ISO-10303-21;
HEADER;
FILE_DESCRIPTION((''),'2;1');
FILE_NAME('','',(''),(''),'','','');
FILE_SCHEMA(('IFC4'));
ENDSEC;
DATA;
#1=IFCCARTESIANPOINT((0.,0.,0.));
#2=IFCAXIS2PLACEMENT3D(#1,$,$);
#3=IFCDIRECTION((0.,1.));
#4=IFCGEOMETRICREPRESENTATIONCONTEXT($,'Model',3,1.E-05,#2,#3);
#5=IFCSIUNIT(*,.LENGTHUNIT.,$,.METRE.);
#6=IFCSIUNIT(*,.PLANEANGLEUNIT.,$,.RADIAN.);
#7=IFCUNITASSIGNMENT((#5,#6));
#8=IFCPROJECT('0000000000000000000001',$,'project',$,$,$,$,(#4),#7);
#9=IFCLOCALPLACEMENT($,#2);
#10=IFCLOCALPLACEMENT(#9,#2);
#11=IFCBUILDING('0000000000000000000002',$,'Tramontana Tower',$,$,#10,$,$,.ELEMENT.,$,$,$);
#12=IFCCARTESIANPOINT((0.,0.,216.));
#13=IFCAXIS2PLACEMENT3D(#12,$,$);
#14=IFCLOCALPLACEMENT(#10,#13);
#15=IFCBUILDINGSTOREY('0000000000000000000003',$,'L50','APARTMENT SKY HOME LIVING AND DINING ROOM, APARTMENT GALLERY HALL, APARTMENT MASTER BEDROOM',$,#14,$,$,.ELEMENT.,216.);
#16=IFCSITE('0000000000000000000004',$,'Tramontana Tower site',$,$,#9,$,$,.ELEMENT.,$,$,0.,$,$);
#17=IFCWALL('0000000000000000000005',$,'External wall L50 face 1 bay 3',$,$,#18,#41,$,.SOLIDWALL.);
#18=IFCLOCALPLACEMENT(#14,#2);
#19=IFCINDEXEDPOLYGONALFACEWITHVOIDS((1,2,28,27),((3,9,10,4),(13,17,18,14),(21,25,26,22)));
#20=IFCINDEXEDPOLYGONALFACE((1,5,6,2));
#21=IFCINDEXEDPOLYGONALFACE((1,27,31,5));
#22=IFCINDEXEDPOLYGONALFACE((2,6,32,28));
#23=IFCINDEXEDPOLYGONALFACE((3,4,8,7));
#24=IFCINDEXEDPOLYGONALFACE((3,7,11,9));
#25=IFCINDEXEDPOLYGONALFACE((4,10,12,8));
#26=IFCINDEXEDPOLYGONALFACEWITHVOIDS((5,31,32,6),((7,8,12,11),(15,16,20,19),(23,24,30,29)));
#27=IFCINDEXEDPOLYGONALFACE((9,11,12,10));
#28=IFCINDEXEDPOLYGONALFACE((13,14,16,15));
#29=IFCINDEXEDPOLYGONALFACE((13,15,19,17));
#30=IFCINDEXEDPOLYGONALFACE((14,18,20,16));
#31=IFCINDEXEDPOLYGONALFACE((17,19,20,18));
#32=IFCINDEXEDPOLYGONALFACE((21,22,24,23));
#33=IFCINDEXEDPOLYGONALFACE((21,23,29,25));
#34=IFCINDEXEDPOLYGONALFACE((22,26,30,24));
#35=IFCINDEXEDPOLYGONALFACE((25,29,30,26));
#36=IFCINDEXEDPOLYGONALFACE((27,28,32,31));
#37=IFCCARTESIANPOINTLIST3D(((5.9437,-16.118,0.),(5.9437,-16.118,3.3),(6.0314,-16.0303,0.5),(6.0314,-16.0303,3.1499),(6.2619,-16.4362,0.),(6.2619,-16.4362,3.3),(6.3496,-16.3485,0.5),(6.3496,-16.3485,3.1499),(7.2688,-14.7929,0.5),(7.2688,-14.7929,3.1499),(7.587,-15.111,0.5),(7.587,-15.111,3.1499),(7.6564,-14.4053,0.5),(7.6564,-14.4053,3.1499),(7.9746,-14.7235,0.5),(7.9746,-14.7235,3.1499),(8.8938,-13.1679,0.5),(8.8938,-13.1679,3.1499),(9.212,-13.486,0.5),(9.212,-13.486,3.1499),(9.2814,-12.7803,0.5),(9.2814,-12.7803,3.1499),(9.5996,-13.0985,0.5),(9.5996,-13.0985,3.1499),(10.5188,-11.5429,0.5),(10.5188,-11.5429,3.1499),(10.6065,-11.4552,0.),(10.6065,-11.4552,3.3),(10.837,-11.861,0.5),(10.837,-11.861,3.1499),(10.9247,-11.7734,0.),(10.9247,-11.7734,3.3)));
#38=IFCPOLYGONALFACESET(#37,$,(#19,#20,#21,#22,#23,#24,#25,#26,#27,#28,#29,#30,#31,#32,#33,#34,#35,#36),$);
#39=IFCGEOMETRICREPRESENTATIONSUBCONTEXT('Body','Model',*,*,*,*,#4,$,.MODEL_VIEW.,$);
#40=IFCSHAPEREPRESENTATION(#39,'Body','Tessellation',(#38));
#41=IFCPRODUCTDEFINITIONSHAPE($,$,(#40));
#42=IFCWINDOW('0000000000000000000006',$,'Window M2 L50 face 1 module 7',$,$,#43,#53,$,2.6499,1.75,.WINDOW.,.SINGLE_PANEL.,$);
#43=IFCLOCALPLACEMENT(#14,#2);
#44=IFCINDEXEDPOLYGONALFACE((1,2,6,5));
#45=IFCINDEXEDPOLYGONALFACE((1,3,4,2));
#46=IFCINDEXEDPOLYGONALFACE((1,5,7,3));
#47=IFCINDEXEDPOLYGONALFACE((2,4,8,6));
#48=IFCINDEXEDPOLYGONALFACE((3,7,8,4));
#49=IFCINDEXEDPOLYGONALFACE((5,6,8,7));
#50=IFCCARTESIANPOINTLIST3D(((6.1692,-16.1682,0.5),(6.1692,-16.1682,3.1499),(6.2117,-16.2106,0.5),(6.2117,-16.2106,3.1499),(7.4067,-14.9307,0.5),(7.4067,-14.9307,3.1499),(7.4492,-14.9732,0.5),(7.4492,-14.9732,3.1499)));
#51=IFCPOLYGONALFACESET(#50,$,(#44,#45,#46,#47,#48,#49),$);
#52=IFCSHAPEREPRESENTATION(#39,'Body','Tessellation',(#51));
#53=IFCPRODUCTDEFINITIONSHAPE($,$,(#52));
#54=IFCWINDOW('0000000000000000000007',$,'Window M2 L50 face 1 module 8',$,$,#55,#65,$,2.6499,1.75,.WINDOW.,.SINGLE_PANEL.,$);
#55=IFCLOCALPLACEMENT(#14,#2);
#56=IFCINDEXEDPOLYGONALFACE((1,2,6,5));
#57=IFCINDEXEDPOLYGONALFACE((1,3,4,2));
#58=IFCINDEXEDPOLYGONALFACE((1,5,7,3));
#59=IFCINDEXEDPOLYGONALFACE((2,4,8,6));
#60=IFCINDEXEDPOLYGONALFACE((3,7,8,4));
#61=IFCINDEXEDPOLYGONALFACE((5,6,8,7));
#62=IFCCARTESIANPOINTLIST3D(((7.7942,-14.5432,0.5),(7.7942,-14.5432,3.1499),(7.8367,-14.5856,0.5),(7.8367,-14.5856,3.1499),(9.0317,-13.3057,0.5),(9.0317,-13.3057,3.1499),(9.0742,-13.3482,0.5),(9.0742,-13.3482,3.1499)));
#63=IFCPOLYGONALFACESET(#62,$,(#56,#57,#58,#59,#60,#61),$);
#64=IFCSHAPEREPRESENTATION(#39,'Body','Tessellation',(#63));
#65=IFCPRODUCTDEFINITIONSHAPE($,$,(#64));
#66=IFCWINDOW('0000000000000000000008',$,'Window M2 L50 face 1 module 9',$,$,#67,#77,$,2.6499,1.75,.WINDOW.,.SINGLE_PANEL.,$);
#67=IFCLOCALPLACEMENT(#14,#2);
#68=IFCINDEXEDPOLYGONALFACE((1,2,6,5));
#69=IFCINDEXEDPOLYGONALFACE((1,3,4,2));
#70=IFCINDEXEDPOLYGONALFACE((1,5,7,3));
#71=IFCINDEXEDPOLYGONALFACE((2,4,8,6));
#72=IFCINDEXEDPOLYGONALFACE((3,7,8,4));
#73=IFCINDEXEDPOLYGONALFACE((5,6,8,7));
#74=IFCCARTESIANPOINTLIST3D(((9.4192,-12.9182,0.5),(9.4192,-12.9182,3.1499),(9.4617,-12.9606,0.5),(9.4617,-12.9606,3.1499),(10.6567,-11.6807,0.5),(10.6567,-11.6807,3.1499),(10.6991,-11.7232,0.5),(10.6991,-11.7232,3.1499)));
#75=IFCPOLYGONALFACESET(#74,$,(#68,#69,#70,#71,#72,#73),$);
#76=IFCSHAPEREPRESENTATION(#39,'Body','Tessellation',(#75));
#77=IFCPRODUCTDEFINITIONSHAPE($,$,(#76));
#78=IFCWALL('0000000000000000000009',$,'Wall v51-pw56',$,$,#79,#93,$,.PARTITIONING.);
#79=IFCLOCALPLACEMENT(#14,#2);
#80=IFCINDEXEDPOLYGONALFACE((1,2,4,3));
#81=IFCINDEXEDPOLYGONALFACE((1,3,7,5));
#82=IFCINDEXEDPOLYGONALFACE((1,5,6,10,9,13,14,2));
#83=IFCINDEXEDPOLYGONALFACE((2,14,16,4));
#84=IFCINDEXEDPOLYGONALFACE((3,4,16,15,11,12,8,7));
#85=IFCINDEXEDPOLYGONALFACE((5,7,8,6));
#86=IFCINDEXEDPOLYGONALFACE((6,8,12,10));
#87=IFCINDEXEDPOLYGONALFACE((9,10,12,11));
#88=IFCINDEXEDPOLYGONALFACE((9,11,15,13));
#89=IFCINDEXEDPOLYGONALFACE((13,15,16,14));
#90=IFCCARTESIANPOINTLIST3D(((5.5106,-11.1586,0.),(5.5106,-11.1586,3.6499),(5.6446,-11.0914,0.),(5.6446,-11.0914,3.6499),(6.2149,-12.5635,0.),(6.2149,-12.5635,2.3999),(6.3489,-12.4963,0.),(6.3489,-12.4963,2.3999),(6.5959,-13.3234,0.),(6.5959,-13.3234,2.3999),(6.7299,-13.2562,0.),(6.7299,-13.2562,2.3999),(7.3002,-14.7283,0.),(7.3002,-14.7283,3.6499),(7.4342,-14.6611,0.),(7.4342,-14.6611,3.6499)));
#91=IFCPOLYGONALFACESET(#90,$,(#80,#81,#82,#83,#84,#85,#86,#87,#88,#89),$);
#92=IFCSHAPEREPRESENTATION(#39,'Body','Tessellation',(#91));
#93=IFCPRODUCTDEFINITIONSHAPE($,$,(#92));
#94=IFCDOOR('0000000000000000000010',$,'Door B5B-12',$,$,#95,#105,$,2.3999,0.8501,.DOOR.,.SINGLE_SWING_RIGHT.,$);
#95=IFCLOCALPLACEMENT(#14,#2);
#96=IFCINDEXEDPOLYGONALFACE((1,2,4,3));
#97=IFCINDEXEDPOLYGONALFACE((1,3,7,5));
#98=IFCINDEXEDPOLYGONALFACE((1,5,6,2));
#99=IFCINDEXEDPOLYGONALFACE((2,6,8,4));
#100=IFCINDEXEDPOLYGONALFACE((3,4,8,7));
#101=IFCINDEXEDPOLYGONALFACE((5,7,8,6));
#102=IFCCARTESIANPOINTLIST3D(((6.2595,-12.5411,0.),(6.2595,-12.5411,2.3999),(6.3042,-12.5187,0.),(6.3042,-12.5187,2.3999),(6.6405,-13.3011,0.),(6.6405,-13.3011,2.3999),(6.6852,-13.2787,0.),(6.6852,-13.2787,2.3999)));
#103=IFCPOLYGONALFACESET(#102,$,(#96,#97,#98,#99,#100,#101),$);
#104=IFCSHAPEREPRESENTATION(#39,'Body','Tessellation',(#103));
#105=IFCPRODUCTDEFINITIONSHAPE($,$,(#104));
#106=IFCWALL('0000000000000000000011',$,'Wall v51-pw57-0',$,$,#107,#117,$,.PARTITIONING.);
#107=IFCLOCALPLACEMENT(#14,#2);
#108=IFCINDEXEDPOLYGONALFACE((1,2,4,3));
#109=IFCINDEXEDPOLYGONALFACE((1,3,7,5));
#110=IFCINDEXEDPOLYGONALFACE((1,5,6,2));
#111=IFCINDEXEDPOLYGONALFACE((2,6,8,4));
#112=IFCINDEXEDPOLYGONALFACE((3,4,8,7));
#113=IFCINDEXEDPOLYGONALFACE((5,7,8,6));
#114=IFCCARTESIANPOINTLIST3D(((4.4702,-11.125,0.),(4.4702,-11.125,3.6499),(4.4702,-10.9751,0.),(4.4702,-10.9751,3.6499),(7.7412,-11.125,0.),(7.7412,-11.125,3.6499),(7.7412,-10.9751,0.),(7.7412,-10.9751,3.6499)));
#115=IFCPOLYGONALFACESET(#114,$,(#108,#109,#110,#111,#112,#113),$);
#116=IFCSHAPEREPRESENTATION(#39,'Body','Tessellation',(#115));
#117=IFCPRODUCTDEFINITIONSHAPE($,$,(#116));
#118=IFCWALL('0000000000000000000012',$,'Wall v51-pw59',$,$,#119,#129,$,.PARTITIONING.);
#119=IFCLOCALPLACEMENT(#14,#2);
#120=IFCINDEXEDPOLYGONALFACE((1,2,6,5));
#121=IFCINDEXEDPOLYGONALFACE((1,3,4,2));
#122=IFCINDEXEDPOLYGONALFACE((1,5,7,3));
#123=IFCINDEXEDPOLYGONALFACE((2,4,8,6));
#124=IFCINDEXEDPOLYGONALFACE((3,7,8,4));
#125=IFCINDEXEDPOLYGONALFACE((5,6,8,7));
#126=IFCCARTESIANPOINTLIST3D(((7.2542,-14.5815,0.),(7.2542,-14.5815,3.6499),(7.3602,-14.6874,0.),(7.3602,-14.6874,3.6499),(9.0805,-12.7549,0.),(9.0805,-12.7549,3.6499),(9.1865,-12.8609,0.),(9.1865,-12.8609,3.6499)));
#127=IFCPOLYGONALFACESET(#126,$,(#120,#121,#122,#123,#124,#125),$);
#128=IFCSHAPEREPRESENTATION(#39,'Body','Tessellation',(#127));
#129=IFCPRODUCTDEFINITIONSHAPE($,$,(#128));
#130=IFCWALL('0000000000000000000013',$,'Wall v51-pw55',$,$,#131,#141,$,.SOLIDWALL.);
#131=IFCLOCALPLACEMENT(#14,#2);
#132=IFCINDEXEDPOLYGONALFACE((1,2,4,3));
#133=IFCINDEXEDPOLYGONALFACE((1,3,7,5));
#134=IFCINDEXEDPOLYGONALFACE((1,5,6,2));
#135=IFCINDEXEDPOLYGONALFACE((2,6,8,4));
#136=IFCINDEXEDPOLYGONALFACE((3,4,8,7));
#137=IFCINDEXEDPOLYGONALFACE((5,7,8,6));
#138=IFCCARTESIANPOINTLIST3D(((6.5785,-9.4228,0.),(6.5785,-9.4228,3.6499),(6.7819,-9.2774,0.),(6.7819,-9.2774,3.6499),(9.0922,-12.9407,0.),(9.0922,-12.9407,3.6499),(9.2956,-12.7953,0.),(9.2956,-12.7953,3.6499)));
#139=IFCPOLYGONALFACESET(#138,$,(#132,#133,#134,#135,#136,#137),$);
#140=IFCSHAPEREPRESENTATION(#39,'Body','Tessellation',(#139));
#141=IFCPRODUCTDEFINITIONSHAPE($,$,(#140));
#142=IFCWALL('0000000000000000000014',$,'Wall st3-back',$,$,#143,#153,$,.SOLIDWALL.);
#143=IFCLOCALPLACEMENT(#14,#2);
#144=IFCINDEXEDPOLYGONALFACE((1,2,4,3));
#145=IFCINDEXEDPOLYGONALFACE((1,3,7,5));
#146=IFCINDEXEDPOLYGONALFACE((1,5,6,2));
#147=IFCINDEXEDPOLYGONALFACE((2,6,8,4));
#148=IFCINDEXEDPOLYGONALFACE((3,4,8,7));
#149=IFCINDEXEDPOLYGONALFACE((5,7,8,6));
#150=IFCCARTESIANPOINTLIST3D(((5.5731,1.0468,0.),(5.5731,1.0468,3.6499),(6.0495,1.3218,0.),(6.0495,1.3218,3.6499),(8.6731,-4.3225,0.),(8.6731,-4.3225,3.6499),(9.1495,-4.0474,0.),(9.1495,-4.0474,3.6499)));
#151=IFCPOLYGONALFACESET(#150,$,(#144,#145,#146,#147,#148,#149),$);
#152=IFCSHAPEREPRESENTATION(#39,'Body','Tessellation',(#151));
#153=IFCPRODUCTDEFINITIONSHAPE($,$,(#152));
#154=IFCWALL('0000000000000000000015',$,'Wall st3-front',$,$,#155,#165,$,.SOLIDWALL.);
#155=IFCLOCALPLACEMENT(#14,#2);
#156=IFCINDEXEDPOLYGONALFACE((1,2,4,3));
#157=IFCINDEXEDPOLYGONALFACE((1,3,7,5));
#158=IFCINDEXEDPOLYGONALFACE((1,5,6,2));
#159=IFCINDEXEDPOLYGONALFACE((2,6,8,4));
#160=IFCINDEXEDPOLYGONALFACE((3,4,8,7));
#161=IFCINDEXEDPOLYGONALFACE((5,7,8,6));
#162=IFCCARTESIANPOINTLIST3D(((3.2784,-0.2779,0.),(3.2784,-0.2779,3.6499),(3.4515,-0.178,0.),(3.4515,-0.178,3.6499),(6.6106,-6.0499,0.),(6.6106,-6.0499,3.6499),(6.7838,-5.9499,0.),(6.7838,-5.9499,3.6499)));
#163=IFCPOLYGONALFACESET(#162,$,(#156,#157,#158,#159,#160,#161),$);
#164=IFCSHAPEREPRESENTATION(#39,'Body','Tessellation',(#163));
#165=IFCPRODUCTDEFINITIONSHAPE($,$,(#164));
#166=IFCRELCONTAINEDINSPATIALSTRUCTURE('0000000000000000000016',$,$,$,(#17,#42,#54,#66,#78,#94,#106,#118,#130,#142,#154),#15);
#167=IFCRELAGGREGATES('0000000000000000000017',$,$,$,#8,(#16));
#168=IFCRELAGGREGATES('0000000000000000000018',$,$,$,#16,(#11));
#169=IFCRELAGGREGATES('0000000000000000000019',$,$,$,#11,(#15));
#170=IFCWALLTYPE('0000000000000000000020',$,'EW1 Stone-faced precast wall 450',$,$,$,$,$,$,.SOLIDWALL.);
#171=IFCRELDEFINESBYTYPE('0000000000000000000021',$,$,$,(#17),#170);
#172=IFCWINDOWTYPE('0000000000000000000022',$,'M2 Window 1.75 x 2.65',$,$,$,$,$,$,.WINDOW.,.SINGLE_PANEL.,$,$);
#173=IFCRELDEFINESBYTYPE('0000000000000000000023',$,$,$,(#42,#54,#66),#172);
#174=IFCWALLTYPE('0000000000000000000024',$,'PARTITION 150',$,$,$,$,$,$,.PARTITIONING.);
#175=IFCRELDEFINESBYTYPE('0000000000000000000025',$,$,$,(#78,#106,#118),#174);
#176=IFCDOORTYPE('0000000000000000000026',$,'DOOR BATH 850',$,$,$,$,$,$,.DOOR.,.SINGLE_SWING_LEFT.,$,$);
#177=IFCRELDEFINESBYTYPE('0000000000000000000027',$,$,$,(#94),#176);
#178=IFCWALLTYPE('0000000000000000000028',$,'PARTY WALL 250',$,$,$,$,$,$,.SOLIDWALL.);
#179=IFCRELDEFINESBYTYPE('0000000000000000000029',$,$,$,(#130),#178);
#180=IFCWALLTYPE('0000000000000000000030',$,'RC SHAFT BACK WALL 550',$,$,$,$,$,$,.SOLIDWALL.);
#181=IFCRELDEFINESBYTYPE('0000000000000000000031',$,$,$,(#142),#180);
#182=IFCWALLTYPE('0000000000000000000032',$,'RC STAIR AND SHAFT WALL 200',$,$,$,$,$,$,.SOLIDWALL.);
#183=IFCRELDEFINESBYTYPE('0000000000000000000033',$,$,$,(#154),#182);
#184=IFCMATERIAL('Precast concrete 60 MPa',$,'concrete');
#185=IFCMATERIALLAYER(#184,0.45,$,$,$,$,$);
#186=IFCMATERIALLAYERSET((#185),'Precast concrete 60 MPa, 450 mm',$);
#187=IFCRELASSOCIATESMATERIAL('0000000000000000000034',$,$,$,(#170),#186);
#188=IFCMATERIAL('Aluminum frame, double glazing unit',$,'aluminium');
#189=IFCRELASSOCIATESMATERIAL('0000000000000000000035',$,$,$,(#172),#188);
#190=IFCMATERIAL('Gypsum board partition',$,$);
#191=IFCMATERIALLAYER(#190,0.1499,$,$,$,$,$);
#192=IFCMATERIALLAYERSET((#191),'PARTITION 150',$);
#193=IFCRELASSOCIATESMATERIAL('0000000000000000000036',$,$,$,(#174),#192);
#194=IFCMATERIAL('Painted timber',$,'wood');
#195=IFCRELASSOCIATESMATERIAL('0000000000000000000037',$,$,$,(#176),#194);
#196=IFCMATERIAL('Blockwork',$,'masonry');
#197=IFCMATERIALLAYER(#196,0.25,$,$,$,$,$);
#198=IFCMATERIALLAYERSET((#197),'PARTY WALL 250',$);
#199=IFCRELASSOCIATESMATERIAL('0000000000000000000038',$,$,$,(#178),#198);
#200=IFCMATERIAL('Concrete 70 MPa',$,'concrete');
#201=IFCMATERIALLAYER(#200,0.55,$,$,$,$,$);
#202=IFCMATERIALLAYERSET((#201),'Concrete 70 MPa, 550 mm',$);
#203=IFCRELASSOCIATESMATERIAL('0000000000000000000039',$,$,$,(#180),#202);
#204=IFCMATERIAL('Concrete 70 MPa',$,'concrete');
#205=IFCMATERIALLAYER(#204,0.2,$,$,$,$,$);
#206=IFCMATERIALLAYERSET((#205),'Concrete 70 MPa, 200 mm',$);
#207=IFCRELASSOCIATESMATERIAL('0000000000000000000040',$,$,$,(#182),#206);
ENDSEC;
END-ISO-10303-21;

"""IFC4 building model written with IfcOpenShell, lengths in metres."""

from ifc_helpers import new_model, si_unit, direction, frame, frame_2d, origin, place, context, subcontext, project, spatial, rectangle, extrude, material, layer, layer_set, type_object, element, fill, save


model = new_model("IFC4")

# Units and contexts
model_context = context("Model", 3, precision=1e-05, world=origin(), true_north=direction((0.0, 1.0)))
body_context = subcontext(model_context, "Body", "Model", "MODEL_VIEW")
ifc_project = project(units=[si_unit("LENGTHUNIT", "METRE"), si_unit("PLANEANGLEUNIT", "RADIAN")], contexts=[model_context])

# Site, building, storey
site_placement = place(None, origin())
site = spatial("IfcSite", under=ifc_project, at=site_placement, Name="Tramontana Tower site", CompositionType="ELEMENT", RefElevation=0.0)
building_placement = place(site_placement, origin())
building = spatial("IfcBuilding", under=site, at=building_placement, Name="Tramontana Tower", CompositionType="ELEMENT")
storey_placement = place(building_placement, frame((0.0, 0.0, 216.0)))
storey = spatial("IfcBuildingStorey", under=building, at=storey_placement, Name="L50", Description="APARTMENT SKY HOME LIVING AND DINING ROOM, APARTMENT GALLERY HALL, APARTMENT MASTER BEDROOM", CompositionType="ELEMENT", Elevation=216.0)

# Wall, openings, windows
ifc_material_1 = material(Name="Precast concrete 60 MPa", Category="concrete")
ifc_layer_1 = layer(ifc_material_1, 0.45)
ifc_layer_set_1 = layer_set([ifc_layer_1], Name="Precast concrete 60 MPa, 450 mm")
wall_type_1 = type_object("IfcWallType", Name="EW1 Stone-faced precast wall 450", PredefinedType="SOLIDWALL", material=ifc_layer_set_1)
wall_1_placement = place(storey_placement, frame((6.1028, -16.2771, 0.0), z_axis=(0.0, 0.0, 1.0), x_axis=(0.707107, 0.707107, 0.0)))
wall_1 = element("IfcWall", 1, at=wall_1_placement, inside=storey, type_object=wall_type_1, Name="External wall L50 face 1 bay 3", PredefinedType="SOLIDWALL", context=body_context, shape_type="SweptSolid", body=[
    extrude(rectangle(XDim=6.5942, YDim=0.45, at=frame_2d((3.2971, 0.0))), origin(), (0.0, 0.0, 1.0), 3.3),
])
opening_1_placement = place(wall_1_placement, frame((0.124, 0.0, 0.5)))
opening_1 = element("IfcOpeningElement", 2, at=opening_1_placement, cuts=wall_1, PredefinedType="OPENING", context=body_context, shape_type="SweptSolid", body=[
    extrude(rectangle(XDim=1.75, YDim=2.6499, at=frame_2d((0.875, 1.325))), frame((0.0, 0.2349, 0.0), z_axis=(0.0, -1.0, 0.0), x_axis=(1.0, 0.0, 0.0)), (0.0, 0.0, 1.0), 0.47),
])
opening_2_placement = place(wall_1_placement, frame((2.4221, 0.0, 0.5)))
opening_2 = element("IfcOpeningElement", 3, at=opening_2_placement, cuts=wall_1, PredefinedType="OPENING", context=body_context, shape_type="SweptSolid", body=[
    extrude(rectangle(XDim=1.75, YDim=2.6499, at=frame_2d((0.875, 1.325))), frame((0.0, 0.2349, 0.0), z_axis=(0.0, -1.0, 0.0), x_axis=(1.0, 0.0, 0.0)), (0.0, 0.0, 1.0), 0.47),
])
opening_3_placement = place(wall_1_placement, frame((4.7202, 0.0, 0.5)))
opening_3 = element("IfcOpeningElement", 4, at=opening_3_placement, cuts=wall_1, PredefinedType="OPENING", context=body_context, shape_type="SweptSolid", body=[
    extrude(rectangle(XDim=1.75, YDim=2.6499, at=frame_2d((0.875, 1.325))), frame((0.0, 0.2349, 0.0), z_axis=(0.0, -1.0, 0.0), x_axis=(1.0, 0.0, 0.0)), (0.0, 0.0, 1.0), 0.47),
])
ifc_material_2 = material(Name="Aluminum frame, double glazing unit", Category="aluminium")
window_type = type_object("IfcWindowType", Name="M2 Window 1.75 x 2.65", PartitioningType="SINGLE_PANEL", PredefinedType="WINDOW", material=ifc_material_2)
window_1_placement = place(opening_1_placement, origin())
window_1 = element("IfcWindow", 5, at=window_1_placement, inside=storey, type_object=window_type, Name="Window M2 L50 face 1 module 7", OverallHeight=2.6499, OverallWidth=1.75, PartitioningType="SINGLE_PANEL", PredefinedType="WINDOW", context=body_context, shape_type="SweptSolid", body=[
    extrude(rectangle(XDim=1.75, YDim=2.6499, at=frame_2d((0.875, 1.325))), frame((0.0, 0.03, 0.0), z_axis=(0.0, -1.0, 0.0), x_axis=(1.0, 0.0, 0.0)), (0.0, 0.0, 1.0), 0.0601),
])
fill(opening_1, window_1)
window_2_placement = place(opening_2_placement, origin())
window_2 = element("IfcWindow", 6, at=window_2_placement, inside=storey, type_object=window_type, Name="Window M2 L50 face 1 module 8", OverallHeight=2.6499, OverallWidth=1.75, PartitioningType="SINGLE_PANEL", PredefinedType="WINDOW", context=body_context, shape_type="SweptSolid", body=[
    extrude(rectangle(XDim=1.75, YDim=2.6499, at=frame_2d((0.875, 1.325))), frame((0.0, 0.03, 0.0), z_axis=(0.0, -1.0, 0.0), x_axis=(1.0, 0.0, 0.0)), (0.0, 0.0, 1.0), 0.0601),
])
fill(opening_2, window_2)
window_3_placement = place(opening_3_placement, origin())
window_3 = element("IfcWindow", 7, at=window_3_placement, inside=storey, type_object=window_type, Name="Window M2 L50 face 1 module 9", OverallHeight=2.6499, OverallWidth=1.75, PartitioningType="SINGLE_PANEL", PredefinedType="WINDOW", context=body_context, shape_type="SweptSolid", body=[
    extrude(rectangle(XDim=1.75, YDim=2.6499, at=frame_2d((0.875, 1.325))), frame((0.0, 0.03, 0.0), z_axis=(0.0, -1.0, 0.0), x_axis=(1.0, 0.0, 0.0)), (0.0, 0.0, 1.0), 0.0601),
])
fill(opening_3, window_3)

# Wall, opening, door
ifc_material_3 = material(Name="Gypsum board partition")
ifc_layer_2 = layer(ifc_material_3, 0.1499)
ifc_layer_set_2 = layer_set([ifc_layer_2], Name="PARTITION 150")
wall_type_2 = type_object("IfcWallType", Name="PARTITION 150", PredefinedType="PARTITIONING", material=ifc_layer_set_2)
wall_2_placement = place(storey_placement, frame((5.5776, -11.125, 0.0), z_axis=(0.0, 0.0, 1.0), x_axis=(0.448167, -0.89395, 0.0)))
wall_2 = element("IfcWall", 8, at=wall_2_placement, inside=storey, type_object=wall_type_2, Name="Wall v51-pw56", PredefinedType="PARTITIONING", context=body_context, shape_type="SweptSolid", body=[
    extrude(rectangle(XDim=3.9932, YDim=0.1499, at=frame_2d((1.9966, 0.0))), origin(), (0.0, 0.0, 1.0), 3.6499),
])
opening_4_placement = place(wall_2_placement, frame((1.5715, 0.0, 0.0)))
opening_4 = element("IfcOpeningElement", 9, at=opening_4_placement, cuts=wall_2, PredefinedType="OPENING", context=body_context, shape_type="SweptSolid", body=[
    extrude(rectangle(XDim=0.8501, YDim=2.3999, at=frame_2d((0.425, 1.2))), frame((0.0, 0.085, 0.0), z_axis=(0.0, -1.0, 0.0), x_axis=(1.0, 0.0, 0.0)), (0.0, 0.0, 1.0), 0.1699),
])
ifc_material_4 = material(Name="Painted timber", Category="wood")
door_type_1 = type_object("IfcDoorType", Name="DOOR BATH 850", OperationType="SINGLE_SWING_LEFT", PredefinedType="DOOR", material=ifc_material_4)
door_1_placement = place(opening_4_placement, origin())
door_1 = element("IfcDoor", 10, at=door_1_placement, inside=storey, type_object=door_type_1, Name="Door B5B-12", OperationType="SINGLE_SWING_RIGHT", OverallHeight=2.3999, OverallWidth=0.8501, PredefinedType="DOOR", context=body_context, shape_type="SweptSolid", body=[
    extrude(rectangle(XDim=0.8501, YDim=2.3999, at=frame_2d((0.425, 1.2))), frame((0.0, 0.0249, 0.0), z_axis=(0.0, -1.0, 0.0), x_axis=(1.0, 0.0, 0.0)), (0.0, 0.0, 1.0), 0.05),
])
fill(opening_4, door_1)

# Walls
wall_3_placement = place(storey_placement, frame((7.7412, -11.05, 0.0), z_axis=(0.0, 0.0, 1.0), x_axis=(-1.0, 0.0, 0.0)))
element("IfcWall", 11, at=wall_3_placement, inside=storey, type_object=wall_type_2, Name="Wall v51-pw57-0", PredefinedType="PARTITIONING", context=body_context, shape_type="SweptSolid", body=[
    extrude(rectangle(XDim=3.271, YDim=0.1499, at=frame_2d((1.6355, 0.0))), origin(), (0.0, 0.0, 1.0), 3.6499),
])
wall_4_placement = place(storey_placement, frame((9.1335, -12.8079, 0.0), z_axis=(0.0, 0.0, 1.0), x_axis=(-0.70706, -0.707154, 0.0)))
element("IfcWall", 12, at=wall_4_placement, inside=storey, type_object=wall_type_2, Name="Wall v51-pw59", PredefinedType="PARTITIONING", context=body_context, shape_type="SweptSolid", body=[
    extrude(rectangle(XDim=2.583, YDim=0.1499, at=frame_2d((1.2915, 0.0))), origin(), (0.0, 0.0, 1.0), 3.6499),
])
ifc_material_5 = material(Name="Blockwork", Category="masonry")
ifc_layer_3 = layer(ifc_material_5, 0.25)
ifc_layer_set_3 = layer_set([ifc_layer_3], Name="PARTY WALL 250")
wall_type_3 = type_object("IfcWallType", Name="PARTY WALL 250", PredefinedType="SOLIDWALL", material=ifc_layer_set_3)
wall_5_placement = place(storey_placement, frame((6.6802, -9.3501, 0.0), z_axis=(0.0, 0.0, 1.0), x_axis=(0.581382, -0.81363, 0.0)))
element("IfcWall", 13, at=wall_5_placement, inside=storey, type_object=wall_type_3, Name="Wall v51-pw55", PredefinedType="SOLIDWALL", context=body_context, shape_type="SweptSolid", body=[
    extrude(rectangle(XDim=4.3237, YDim=0.25, at=frame_2d((2.1619, 0.0))), origin(), (0.0, 0.0, 1.0), 3.6499),
])
ifc_material_6 = material(Name="Concrete 70 MPa", Category="concrete")
ifc_layer_4 = layer(ifc_material_6, 0.55)
ifc_layer_set_4 = layer_set([ifc_layer_4], Name="Concrete 70 MPa, 550 mm")
wall_type_4 = type_object("IfcWallType", Name="RC SHAFT BACK WALL 550", PredefinedType="SOLIDWALL", material=ifc_layer_set_4)
wall_6_placement = place(storey_placement, frame((8.9114, -4.1851, 0.0), z_axis=(0.0, 0.0, 1.0), x_axis=(-0.50001, 0.86602, 0.0)))
element("IfcWall", 14, at=wall_6_placement, inside=storey, type_object=wall_type_4, Name="Wall st3-back", PredefinedType="SOLIDWALL", context=body_context, shape_type="SweptSolid", body=[
    extrude(rectangle(XDim=6.2, YDim=0.55, at=frame_2d((3.1001, 0.0))), origin(), (0.0, 0.0, 1.0), 3.6499),
])
ifc_material_7 = material(Name="Concrete 70 MPa", Category="concrete")
ifc_layer_5 = layer(ifc_material_7, 0.2)
ifc_layer_set_5 = layer_set([ifc_layer_5], Name="Concrete 70 MPa, 200 mm")
wall_type_5 = type_object("IfcWallType", Name="RC STAIR AND SHAFT WALL 200", PredefinedType="SOLIDWALL", material=ifc_layer_set_5)
wall_7_placement = place(storey_placement, frame((6.6973, -6.0, 0.0), z_axis=(0.0, 0.0, 1.0), x_axis=(-0.49998, 0.866037, 0.0)))
element("IfcWall", 15, at=wall_7_placement, inside=storey, type_object=wall_type_5, Name="Wall st3-front", PredefinedType="SOLIDWALL", context=body_context, shape_type="SweptSolid", body=[
    extrude(rectangle(XDim=6.6648, YDim=0.2, at=frame_2d((3.3325, 0.0))), origin(), (0.0, 0.0, 1.0), 3.6499),
])

save(model, "model.ifc")
